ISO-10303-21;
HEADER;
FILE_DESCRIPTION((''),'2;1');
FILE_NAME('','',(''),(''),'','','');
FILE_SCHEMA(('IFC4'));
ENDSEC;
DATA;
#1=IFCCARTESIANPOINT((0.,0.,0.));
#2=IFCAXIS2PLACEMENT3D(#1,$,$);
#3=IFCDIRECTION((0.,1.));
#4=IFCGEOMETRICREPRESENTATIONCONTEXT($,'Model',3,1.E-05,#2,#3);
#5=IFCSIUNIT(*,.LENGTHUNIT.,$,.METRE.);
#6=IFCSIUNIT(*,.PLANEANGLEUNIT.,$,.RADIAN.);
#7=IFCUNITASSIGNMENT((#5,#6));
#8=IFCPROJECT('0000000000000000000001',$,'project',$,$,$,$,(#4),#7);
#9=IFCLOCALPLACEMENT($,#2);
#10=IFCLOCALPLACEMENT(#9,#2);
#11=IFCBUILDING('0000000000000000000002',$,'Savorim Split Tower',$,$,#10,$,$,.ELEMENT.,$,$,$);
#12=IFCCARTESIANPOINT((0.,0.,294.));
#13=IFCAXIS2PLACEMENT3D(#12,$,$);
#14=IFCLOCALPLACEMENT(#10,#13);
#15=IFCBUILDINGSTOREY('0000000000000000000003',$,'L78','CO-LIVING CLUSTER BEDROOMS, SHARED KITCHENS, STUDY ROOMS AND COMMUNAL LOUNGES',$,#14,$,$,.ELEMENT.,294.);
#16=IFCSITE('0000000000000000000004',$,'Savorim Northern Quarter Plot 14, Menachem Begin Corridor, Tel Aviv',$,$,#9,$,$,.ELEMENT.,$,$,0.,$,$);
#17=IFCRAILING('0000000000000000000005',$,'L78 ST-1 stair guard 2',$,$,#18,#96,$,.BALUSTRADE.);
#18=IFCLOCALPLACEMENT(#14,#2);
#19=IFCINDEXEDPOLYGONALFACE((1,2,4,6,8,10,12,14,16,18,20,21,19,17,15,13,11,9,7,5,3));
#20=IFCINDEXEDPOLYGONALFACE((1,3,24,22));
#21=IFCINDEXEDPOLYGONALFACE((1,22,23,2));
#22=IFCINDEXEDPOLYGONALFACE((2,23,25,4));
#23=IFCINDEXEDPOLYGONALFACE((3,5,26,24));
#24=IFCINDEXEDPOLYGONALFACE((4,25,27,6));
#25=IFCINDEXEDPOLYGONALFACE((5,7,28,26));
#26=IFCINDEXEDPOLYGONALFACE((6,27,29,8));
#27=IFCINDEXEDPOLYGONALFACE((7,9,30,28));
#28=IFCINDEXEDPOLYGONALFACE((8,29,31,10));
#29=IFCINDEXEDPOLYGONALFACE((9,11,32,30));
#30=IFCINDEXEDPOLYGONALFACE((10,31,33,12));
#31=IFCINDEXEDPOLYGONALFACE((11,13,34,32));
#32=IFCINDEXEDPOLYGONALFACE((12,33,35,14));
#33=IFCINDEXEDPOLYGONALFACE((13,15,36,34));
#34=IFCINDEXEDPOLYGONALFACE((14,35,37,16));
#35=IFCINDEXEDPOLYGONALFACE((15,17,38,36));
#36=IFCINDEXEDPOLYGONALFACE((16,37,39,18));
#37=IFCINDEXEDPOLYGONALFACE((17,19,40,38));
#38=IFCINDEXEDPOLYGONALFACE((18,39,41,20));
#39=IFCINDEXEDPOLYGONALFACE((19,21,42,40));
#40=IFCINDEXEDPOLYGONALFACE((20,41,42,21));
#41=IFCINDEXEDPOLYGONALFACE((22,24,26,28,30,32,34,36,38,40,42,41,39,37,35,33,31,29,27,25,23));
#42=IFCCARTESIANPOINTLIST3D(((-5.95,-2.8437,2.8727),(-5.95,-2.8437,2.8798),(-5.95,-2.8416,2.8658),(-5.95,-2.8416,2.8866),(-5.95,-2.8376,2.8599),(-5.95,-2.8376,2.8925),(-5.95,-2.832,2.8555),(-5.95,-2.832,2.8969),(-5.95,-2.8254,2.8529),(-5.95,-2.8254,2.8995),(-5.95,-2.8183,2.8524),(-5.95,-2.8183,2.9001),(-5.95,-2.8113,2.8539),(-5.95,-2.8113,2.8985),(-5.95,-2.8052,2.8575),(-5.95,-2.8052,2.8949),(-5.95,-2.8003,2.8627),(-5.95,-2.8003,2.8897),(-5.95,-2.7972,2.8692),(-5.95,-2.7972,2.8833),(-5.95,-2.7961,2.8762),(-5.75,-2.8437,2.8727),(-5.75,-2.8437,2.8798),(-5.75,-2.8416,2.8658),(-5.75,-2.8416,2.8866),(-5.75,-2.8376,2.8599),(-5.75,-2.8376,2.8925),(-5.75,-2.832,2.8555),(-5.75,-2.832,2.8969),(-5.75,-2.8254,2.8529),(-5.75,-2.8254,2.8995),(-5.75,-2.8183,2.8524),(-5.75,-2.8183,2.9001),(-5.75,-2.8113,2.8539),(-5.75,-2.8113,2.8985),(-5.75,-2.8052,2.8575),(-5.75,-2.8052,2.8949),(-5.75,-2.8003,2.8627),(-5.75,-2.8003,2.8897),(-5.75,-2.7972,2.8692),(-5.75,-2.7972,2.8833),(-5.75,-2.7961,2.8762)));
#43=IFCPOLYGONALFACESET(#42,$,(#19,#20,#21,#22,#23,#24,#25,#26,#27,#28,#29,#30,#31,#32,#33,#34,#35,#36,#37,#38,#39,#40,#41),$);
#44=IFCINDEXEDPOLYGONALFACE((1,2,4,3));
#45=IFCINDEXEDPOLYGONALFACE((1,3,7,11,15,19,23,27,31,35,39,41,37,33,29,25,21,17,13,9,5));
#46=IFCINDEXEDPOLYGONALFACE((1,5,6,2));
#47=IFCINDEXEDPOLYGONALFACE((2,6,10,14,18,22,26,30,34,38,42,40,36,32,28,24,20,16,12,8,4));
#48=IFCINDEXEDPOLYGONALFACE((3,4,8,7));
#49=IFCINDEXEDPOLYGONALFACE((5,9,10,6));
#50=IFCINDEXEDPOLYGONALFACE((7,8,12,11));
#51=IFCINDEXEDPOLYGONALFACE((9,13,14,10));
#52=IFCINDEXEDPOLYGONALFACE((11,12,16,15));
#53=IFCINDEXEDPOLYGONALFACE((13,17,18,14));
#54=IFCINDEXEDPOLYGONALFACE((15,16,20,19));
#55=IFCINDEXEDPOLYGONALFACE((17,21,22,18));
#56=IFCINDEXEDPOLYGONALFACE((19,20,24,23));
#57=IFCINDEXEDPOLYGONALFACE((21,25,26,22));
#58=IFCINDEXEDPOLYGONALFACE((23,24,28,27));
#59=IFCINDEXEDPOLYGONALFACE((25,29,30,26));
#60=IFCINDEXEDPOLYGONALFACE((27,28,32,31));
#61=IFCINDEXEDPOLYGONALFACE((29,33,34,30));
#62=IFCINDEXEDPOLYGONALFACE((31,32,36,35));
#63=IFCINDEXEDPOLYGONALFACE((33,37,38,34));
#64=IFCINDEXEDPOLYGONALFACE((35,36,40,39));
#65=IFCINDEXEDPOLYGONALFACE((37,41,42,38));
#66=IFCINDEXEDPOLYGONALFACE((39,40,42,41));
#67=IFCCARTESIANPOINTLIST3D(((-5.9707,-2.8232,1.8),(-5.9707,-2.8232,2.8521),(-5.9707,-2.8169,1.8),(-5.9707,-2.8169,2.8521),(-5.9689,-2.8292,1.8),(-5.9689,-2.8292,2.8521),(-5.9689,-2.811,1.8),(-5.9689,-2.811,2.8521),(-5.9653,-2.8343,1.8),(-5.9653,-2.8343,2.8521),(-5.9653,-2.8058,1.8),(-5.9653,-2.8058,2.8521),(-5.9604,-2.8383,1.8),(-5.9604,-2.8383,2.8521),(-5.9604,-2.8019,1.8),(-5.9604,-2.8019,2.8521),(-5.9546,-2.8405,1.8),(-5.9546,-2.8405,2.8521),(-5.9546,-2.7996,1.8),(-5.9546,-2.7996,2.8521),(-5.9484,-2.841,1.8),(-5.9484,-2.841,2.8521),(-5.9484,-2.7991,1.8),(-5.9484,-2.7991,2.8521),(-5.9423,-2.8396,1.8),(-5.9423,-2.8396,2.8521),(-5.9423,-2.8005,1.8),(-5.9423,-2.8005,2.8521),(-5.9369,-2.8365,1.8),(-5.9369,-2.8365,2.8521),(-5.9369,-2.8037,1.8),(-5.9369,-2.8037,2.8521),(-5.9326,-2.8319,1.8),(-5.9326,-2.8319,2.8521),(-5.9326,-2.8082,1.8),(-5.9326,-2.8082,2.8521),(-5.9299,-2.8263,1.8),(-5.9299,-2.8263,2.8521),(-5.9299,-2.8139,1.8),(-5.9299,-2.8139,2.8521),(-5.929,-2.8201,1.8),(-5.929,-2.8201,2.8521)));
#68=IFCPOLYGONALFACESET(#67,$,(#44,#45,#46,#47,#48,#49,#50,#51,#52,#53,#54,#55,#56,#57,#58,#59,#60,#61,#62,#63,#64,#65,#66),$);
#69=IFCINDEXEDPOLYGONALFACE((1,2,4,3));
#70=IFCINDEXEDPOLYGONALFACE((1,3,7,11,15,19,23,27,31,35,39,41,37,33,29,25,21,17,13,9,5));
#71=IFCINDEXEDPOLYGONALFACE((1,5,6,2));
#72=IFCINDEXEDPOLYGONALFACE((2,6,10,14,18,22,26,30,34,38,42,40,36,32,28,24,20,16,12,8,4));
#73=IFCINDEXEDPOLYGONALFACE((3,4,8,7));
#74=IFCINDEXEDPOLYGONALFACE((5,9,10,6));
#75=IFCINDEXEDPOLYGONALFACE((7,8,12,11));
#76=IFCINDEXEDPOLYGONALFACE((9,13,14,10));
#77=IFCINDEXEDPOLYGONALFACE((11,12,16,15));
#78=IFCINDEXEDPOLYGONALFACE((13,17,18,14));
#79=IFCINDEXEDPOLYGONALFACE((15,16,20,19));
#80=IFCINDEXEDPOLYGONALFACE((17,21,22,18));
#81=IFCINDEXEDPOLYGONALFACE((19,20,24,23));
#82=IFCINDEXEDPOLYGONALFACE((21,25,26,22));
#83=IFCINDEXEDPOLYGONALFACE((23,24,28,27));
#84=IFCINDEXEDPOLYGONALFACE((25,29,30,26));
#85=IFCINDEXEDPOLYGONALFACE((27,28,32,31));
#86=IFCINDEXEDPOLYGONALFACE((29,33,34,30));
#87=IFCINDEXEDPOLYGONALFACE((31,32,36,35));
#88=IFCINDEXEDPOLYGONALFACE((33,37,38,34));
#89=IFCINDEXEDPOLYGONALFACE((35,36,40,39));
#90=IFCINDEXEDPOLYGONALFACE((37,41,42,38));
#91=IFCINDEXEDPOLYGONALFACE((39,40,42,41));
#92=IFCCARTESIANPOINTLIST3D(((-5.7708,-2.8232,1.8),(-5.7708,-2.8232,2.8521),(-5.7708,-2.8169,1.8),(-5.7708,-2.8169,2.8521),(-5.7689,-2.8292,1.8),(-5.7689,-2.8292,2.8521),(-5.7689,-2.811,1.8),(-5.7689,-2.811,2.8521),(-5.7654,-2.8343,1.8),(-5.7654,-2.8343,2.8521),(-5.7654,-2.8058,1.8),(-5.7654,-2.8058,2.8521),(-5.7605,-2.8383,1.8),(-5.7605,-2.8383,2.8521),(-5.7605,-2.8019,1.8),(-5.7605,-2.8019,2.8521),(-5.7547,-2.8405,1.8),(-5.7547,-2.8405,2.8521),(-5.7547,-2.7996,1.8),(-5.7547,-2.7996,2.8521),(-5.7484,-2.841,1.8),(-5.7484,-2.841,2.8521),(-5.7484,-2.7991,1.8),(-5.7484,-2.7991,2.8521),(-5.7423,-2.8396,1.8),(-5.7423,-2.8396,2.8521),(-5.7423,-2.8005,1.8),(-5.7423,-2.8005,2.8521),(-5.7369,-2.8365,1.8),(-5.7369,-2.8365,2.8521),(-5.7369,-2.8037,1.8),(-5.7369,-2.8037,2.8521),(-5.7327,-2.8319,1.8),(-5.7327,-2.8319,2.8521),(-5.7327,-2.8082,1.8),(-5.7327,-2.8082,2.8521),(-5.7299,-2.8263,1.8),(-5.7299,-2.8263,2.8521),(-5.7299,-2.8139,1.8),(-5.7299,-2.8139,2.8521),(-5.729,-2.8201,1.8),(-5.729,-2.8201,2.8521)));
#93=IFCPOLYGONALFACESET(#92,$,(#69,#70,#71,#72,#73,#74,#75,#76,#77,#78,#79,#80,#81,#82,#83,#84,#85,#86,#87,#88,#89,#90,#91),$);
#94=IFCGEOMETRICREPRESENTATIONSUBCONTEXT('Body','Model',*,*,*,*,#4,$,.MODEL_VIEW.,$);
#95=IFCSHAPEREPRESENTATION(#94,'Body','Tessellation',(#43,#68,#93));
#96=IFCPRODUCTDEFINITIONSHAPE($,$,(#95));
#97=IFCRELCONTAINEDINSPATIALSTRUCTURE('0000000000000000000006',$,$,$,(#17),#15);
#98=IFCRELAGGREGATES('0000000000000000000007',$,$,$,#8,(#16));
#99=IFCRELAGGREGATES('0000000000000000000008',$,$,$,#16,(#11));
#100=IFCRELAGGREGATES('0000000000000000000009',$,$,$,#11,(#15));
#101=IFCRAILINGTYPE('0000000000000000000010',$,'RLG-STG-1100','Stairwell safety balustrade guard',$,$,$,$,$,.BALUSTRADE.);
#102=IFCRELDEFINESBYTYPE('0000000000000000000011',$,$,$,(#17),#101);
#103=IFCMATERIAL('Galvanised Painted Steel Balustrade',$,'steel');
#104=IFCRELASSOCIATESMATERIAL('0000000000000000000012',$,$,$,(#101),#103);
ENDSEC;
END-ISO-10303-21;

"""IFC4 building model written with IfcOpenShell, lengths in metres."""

from ifc_helpers import new_model, si_unit, direction, frame, origin, origin_2d, place, context, subcontext, project, spatial, circle, extrude, material, type_object, element, save


model = new_model("IFC4")

# Units and contexts
model_context = context("Model", 3, precision=1e-05, world=origin(), true_north=direction((0.0, 1.0)))
body_context = subcontext(model_context, "Body", "Model", "MODEL_VIEW")
ifc_project = project(units=[si_unit("LENGTHUNIT", "METRE"), si_unit("PLANEANGLEUNIT", "RADIAN")], contexts=[model_context])

# Site, building, storey
site_placement = place(None, origin())
site = spatial("IfcSite", under=ifc_project, at=site_placement, Name="Savorim Northern Quarter Plot 14, Menachem Begin Corridor, Tel Aviv", CompositionType="ELEMENT", RefElevation=0.0)
building_placement = place(site_placement, origin())
building = spatial("IfcBuilding", under=site, at=building_placement, Name="Savorim Split Tower", CompositionType="ELEMENT")
storey_placement = place(building_placement, frame((0.0, 0.0, 294.0)))
storey = spatial("IfcBuildingStorey", under=building, at=storey_placement, Name="L78", Description="CO-LIVING CLUSTER BEDROOMS, SHARED KITCHENS, STUDY ROOMS AND COMMUNAL LOUNGES", CompositionType="ELEMENT", Elevation=294.0)

# Railing
ifc_material_1 = material(Name="Galvanised Painted Steel Balustrade", Category="steel")
railing_type_1 = type_object("IfcRailingType", Name="RLG-STG-1100", Description="Stairwell safety balustrade guard", PredefinedType="BALUSTRADE", material=ifc_material_1)
railing_1_placement = place(storey_placement, frame((-5.95, -2.8201, 1.8)))
element("IfcRailing", 1, at=railing_1_placement, inside=storey, type_object=railing_type_1, Name="L78 ST-1 stair guard 2", PredefinedType="BALUSTRADE", context=body_context, shape_type="SweptSolid", body=[
    extrude(circle(Radius=0.0239, at=origin_2d()), frame((0.0, 0.0, 1.0762), z_axis=(1.0, 0.0, 0.0), x_axis=(0.0, 1.0, 0.0)), (0.0, 0.0, 1.0), 0.2),
    extrude(circle(Radius=0.021, at=origin_2d()), origin(), (0.0, 0.0, 1.0), 1.052),
    extrude(circle(Radius=0.021, at=origin_2d()), frame((0.2, 0.0, 0.0)), (0.0, 0.0, 1.0), 1.052),
])

save(model, "model.ifc")
